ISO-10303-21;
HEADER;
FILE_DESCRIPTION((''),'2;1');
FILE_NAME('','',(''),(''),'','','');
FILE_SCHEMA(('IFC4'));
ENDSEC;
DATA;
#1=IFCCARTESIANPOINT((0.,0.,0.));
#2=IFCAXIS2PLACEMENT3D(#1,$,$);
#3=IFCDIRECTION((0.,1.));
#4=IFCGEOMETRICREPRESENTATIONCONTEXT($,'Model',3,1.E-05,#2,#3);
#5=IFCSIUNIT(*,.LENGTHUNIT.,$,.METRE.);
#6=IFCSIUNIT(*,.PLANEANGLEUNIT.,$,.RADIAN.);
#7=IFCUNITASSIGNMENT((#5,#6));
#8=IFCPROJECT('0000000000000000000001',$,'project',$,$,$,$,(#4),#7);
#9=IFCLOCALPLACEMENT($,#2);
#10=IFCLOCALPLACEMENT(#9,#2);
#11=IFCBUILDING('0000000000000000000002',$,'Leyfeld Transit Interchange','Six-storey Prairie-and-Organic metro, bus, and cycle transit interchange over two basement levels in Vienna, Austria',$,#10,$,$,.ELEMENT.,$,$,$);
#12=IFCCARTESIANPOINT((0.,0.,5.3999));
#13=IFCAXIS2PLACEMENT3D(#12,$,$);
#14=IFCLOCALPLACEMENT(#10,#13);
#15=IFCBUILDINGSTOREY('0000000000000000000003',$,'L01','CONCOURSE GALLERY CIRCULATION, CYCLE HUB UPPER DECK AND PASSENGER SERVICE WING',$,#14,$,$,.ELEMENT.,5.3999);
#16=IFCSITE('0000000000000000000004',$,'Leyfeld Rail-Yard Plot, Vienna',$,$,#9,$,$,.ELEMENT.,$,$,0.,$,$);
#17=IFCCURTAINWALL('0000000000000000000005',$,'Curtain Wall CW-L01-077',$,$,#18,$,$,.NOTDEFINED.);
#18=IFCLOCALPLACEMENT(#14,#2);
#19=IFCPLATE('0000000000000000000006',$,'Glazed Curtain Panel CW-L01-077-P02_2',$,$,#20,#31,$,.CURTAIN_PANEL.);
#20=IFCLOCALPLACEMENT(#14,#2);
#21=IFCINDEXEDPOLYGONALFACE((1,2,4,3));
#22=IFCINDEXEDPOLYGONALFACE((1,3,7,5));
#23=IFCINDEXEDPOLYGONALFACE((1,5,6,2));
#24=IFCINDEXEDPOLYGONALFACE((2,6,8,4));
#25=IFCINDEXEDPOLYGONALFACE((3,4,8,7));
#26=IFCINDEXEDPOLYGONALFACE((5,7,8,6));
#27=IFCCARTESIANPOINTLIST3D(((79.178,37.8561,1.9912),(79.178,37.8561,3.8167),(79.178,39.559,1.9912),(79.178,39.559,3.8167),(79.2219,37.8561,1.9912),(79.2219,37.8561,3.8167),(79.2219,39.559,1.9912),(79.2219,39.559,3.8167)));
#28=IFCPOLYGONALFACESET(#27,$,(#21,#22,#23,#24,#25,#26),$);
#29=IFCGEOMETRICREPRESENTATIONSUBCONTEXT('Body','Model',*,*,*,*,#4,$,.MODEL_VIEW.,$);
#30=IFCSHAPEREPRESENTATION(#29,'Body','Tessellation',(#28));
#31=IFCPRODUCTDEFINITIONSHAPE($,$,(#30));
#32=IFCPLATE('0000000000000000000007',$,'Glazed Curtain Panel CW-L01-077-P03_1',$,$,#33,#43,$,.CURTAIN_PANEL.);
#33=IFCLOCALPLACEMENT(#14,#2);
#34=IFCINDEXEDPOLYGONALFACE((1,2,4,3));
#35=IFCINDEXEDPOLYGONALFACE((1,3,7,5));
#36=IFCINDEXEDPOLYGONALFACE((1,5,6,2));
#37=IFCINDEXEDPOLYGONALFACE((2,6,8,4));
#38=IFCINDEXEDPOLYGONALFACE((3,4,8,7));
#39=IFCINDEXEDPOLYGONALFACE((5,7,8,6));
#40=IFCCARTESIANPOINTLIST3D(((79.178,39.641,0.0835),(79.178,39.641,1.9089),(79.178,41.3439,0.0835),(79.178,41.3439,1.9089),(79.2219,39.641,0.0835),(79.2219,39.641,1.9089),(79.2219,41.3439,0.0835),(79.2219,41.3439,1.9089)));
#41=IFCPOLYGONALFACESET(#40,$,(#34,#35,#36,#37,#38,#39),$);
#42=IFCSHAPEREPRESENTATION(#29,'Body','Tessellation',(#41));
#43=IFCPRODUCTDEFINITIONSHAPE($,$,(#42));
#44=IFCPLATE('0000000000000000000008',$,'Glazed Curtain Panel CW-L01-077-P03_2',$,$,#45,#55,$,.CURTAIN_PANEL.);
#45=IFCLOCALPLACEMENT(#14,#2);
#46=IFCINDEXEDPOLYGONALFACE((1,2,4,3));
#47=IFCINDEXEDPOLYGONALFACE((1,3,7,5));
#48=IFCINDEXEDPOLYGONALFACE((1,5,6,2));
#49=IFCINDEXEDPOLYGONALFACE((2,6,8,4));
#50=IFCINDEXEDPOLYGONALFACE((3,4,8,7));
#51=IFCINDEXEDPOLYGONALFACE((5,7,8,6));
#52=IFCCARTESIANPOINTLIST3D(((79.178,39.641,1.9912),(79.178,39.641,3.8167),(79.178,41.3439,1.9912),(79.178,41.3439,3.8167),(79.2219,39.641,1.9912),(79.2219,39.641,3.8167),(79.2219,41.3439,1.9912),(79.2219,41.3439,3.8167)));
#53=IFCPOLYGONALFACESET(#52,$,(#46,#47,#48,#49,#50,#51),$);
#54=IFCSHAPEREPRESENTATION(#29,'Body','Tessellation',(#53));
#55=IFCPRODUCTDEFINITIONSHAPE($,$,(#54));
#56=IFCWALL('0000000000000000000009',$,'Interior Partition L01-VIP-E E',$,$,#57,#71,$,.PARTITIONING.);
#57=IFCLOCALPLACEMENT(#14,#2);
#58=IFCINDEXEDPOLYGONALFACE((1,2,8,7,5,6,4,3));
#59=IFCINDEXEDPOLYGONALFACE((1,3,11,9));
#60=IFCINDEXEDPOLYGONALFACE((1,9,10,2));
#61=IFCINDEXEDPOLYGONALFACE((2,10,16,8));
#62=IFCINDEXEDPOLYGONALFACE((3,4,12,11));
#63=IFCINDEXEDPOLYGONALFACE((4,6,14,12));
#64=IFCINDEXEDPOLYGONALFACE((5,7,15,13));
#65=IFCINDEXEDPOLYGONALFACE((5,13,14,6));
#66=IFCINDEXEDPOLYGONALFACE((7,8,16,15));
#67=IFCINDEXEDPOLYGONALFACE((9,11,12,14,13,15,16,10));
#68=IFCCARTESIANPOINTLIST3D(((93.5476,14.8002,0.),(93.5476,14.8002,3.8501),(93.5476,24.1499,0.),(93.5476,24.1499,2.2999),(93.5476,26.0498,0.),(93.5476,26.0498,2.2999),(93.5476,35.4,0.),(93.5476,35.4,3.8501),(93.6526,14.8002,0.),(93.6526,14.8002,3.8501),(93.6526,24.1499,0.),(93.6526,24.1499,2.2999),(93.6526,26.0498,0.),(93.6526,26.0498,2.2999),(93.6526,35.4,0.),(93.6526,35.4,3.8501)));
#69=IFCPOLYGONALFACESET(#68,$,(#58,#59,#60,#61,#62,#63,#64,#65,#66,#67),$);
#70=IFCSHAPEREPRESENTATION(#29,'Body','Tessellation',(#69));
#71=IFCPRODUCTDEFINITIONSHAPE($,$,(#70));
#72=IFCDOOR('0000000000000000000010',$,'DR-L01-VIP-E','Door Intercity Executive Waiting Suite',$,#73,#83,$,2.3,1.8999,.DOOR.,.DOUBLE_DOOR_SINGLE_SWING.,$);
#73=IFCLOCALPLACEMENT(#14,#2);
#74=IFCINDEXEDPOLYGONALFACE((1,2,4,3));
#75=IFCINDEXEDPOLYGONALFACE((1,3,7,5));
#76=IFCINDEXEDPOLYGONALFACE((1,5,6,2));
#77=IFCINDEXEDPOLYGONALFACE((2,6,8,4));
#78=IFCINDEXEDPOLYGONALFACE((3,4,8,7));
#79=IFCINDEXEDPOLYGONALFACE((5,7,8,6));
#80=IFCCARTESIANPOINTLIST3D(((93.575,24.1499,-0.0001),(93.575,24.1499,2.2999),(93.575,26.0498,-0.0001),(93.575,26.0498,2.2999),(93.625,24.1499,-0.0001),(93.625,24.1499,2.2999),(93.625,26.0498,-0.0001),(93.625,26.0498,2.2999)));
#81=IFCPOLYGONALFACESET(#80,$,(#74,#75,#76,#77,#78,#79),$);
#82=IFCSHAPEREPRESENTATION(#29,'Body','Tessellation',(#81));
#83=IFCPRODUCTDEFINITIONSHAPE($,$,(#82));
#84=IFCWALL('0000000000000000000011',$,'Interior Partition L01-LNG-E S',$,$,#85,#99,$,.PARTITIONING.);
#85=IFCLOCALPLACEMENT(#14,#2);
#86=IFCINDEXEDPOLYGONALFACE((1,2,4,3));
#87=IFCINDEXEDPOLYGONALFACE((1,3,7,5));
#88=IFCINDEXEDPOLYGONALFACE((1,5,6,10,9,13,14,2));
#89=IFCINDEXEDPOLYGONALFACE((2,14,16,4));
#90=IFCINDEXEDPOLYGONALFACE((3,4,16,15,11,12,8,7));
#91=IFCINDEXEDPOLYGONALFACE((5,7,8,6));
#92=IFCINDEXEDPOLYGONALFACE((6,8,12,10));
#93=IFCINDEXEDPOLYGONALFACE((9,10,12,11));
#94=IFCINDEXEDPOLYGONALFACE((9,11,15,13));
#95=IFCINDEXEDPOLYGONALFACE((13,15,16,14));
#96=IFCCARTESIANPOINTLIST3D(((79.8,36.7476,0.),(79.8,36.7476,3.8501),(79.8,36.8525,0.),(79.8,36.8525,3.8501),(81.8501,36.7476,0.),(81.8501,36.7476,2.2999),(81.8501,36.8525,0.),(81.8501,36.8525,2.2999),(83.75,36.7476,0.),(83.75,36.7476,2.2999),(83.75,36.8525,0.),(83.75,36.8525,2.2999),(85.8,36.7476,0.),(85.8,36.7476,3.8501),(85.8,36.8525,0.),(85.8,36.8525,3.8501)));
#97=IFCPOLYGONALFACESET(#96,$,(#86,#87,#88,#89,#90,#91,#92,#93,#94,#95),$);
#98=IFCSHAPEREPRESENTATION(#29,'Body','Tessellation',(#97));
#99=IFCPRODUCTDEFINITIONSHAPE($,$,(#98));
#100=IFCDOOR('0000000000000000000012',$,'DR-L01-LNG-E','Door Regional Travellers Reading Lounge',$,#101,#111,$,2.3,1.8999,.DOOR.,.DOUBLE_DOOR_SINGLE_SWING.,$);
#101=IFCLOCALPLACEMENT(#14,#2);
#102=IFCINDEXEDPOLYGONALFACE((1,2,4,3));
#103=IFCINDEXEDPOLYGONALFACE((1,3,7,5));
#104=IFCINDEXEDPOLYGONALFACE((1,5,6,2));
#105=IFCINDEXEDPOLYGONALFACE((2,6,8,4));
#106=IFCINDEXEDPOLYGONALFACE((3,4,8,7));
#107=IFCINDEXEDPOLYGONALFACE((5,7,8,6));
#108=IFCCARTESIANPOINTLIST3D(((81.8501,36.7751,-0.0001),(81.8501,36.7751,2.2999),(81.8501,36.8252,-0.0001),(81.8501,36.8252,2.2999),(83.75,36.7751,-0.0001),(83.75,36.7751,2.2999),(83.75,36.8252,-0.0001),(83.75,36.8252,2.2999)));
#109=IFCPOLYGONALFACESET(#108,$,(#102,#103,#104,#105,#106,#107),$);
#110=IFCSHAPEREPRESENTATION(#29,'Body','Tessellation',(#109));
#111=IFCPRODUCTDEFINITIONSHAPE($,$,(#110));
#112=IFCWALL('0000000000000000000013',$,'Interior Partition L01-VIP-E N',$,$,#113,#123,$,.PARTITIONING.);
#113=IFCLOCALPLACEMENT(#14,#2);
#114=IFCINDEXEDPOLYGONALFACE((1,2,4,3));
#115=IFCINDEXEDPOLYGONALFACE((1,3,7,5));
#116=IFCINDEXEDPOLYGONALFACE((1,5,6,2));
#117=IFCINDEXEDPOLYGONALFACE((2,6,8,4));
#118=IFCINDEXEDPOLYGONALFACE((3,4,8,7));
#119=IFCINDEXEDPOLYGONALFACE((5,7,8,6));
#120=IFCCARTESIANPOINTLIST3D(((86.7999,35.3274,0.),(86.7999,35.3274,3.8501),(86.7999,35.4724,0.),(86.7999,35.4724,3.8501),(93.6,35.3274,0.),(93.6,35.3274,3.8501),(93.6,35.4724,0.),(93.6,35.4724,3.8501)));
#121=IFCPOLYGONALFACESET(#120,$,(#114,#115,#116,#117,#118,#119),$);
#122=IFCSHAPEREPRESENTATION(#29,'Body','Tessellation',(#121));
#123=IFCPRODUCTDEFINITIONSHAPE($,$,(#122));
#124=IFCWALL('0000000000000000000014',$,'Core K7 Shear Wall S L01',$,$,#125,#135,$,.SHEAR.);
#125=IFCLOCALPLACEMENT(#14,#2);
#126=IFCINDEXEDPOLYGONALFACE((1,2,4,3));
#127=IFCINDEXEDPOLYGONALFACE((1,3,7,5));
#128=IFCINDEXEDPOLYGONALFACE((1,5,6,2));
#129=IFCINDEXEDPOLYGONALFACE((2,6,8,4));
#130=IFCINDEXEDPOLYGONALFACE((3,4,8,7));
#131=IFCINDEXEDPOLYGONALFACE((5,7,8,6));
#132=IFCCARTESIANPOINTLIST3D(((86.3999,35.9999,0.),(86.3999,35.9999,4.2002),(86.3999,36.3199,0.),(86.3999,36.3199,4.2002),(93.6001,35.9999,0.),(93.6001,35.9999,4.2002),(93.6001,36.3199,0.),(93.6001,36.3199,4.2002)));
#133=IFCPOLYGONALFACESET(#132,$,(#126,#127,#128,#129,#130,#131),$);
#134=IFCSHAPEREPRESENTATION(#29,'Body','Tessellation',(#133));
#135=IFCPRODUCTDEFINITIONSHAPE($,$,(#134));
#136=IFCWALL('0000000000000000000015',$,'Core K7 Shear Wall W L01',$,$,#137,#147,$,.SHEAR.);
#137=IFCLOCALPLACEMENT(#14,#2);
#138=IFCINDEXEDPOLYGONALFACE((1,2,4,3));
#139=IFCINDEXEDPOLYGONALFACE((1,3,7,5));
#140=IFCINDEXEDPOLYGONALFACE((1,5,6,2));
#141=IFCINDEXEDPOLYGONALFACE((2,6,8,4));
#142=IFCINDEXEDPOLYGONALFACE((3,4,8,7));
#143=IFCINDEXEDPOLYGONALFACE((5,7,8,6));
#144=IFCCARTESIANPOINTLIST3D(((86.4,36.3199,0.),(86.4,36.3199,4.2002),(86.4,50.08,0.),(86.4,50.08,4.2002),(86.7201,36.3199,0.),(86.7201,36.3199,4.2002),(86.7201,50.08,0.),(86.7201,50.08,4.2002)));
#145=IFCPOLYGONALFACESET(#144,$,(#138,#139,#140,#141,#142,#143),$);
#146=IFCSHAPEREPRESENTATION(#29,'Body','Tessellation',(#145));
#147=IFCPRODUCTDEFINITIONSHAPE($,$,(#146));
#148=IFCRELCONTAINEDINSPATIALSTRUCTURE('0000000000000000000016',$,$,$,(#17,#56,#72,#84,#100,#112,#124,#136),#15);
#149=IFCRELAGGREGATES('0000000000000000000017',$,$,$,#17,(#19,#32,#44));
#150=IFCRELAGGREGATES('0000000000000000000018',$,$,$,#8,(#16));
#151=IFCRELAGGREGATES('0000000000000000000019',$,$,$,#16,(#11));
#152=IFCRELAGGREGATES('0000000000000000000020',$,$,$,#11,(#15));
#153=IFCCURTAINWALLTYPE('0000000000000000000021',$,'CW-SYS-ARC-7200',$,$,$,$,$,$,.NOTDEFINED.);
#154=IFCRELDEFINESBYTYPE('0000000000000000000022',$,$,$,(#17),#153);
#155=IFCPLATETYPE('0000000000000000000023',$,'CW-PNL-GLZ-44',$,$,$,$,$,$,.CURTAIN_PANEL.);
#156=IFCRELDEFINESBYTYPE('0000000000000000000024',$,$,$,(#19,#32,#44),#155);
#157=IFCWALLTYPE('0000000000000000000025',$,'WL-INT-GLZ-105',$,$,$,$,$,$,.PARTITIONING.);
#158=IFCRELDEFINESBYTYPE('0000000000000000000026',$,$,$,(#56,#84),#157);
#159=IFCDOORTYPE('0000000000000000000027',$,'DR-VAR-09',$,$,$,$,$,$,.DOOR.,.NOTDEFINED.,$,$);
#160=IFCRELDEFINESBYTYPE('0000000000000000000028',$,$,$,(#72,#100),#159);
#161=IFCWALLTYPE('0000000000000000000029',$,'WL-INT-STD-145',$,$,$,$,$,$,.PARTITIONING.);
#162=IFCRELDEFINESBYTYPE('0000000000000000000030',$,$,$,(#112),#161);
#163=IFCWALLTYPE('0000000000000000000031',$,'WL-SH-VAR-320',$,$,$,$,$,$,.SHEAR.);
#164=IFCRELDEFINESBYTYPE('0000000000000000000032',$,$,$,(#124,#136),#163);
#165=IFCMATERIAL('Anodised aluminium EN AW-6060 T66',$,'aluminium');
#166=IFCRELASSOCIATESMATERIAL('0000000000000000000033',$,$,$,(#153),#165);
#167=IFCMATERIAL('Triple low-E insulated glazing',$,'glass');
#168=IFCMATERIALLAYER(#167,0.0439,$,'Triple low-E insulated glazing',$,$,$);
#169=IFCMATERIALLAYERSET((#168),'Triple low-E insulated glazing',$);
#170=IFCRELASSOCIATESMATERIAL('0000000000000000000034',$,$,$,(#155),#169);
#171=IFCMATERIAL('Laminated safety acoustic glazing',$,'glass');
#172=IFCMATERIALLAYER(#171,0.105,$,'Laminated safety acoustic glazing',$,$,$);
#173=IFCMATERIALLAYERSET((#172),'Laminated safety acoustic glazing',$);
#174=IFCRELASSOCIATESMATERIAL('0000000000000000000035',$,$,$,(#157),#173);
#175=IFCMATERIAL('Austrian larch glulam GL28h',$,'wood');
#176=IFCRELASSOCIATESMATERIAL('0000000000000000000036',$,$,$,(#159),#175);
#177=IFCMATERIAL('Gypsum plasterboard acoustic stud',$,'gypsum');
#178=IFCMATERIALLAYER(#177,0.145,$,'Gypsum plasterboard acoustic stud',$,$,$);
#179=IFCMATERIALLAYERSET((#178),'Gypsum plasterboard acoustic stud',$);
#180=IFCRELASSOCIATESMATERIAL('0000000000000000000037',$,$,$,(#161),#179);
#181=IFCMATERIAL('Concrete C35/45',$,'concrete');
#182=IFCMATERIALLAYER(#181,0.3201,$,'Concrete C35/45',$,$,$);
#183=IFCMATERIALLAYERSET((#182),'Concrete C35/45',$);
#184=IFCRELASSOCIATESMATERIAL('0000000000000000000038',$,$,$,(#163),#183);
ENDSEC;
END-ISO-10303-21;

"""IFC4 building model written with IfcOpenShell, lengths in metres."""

from ifc_helpers import new_model, si_unit, direction, frame, frame_2d, origin, origin_2d, place, context, subcontext, project, spatial, rectangle, extrude, material, layer, layer_set, type_object, element, fill, aggregate, save


model = new_model("IFC4")

# Units and contexts
model_context = context("Model", 3, precision=1e-05, world=origin(), true_north=direction((0.0, 1.0)))
body_context = subcontext(model_context, "Body", "Model", "MODEL_VIEW")
ifc_project = project(units=[si_unit("LENGTHUNIT", "METRE"), si_unit("PLANEANGLEUNIT", "RADIAN")], contexts=[model_context])

# Site, building, storey
site_placement = place(None, origin())
site = spatial("IfcSite", under=ifc_project, at=site_placement, Name="Leyfeld Rail-Yard Plot, Vienna", CompositionType="ELEMENT", RefElevation=0.0)
building_placement = place(site_placement, origin())
building = spatial("IfcBuilding", under=site, at=building_placement, Name="Leyfeld Transit Interchange", Description="Six-storey Prairie-and-Organic metro, bus, and cycle transit interchange over two basement levels in Vienna, Austria", CompositionType="ELEMENT")
storey_placement = place(building_placement, frame((0.0, 0.0, 5.3999)))
storey = spatial("IfcBuildingStorey", under=building, at=storey_placement, Name="L01", Description="CONCOURSE GALLERY CIRCULATION, CYCLE HUB UPPER DECK AND PASSENGER SERVICE WING", CompositionType="ELEMENT", Elevation=5.3999)

# Curtain wall
ifc_material_1 = material(Name="Anodised aluminium EN AW-6060 T66", Category="aluminium")
curtain_wall_type = type_object("IfcCurtainWallType", Name="CW-SYS-ARC-7200", PredefinedType="NOTDEFINED", material=ifc_material_1)
curtain_wall_1_placement = place(storey_placement, origin())
curtain_wall_1 = element("IfcCurtainWall", 1, at=curtain_wall_1_placement, inside=storey, type_object=curtain_wall_type, Name="Curtain Wall CW-L01-077", PredefinedType="NOTDEFINED")

# Plates
ifc_material_2 = material(Name="Triple low-E insulated glazing", Category="glass")
ifc_layer_1 = layer(ifc_material_2, 0.0439, Name="Triple low-E insulated glazing")
ifc_layer_set_1 = layer_set([ifc_layer_1], Name="Triple low-E insulated glazing")
plate_type = type_object("IfcPlateType", Name="CW-PNL-GLZ-44", PredefinedType="CURTAIN_PANEL", material=ifc_layer_set_1)
plate_1_placement = place(storey_placement, frame((79.2, 38.7075, 1.9912), z_axis=(0.0, 0.0, 1.0), x_axis=(0.0, 1.0, 0.0)))
plate_1 = element("IfcPlate", 2, at=plate_1_placement, type_object=plate_type, Name="Glazed Curtain Panel CW-L01-077-P02_2", PredefinedType="CURTAIN_PANEL", context=body_context, shape_type="SweptSolid", body=[
    extrude(rectangle(XDim=1.7029, YDim=0.0439, at=origin_2d()), origin(), (0.0, 0.0, 1.0), 1.8254),
])
plate_2_placement = place(storey_placement, frame((79.2, 40.4924, 0.0835), z_axis=(0.0, 0.0, 1.0), x_axis=(0.0, 1.0, 0.0)))
plate_2 = element("IfcPlate", 3, at=plate_2_placement, type_object=plate_type, Name="Glazed Curtain Panel CW-L01-077-P03_1", PredefinedType="CURTAIN_PANEL", context=body_context, shape_type="SweptSolid", body=[
    extrude(rectangle(XDim=1.7029, YDim=0.0439, at=origin_2d()), origin(), (0.0, 0.0, 1.0), 1.8254),
])
plate_3_placement = place(storey_placement, frame((79.2, 40.4924, 1.9912), z_axis=(0.0, 0.0, 1.0), x_axis=(0.0, 1.0, 0.0)))
plate_3 = element("IfcPlate", 4, at=plate_3_placement, type_object=plate_type, Name="Glazed Curtain Panel CW-L01-077-P03_2", PredefinedType="CURTAIN_PANEL", context=body_context, shape_type="SweptSolid", body=[
    extrude(rectangle(XDim=1.7029, YDim=0.0439, at=origin_2d()), origin(), (0.0, 0.0, 1.0), 1.8254),
])
aggregate(curtain_wall_1, [plate_1, plate_2, plate_3])

# Walls, openings, doors
ifc_material_3 = material(Name="Laminated safety acoustic glazing", Category="glass")
ifc_layer_2 = layer(ifc_material_3, 0.105, Name="Laminated safety acoustic glazing")
ifc_layer_set_2 = layer_set([ifc_layer_2], Name="Laminated safety acoustic glazing")
wall_type_1 = type_object("IfcWallType", Name="WL-INT-GLZ-105", PredefinedType="PARTITIONING", material=ifc_layer_set_2)
wall_1_placement = place(storey_placement, frame((93.6001, 35.3999, 0.0), z_axis=(0.0, 0.0, 1.0), x_axis=(0.0, -1.0, 0.0)))
wall_1 = element("IfcWall", 5, at=wall_1_placement, inside=storey, type_object=wall_type_1, Name="Interior Partition L01-VIP-E E", PredefinedType="PARTITIONING", context=body_context, shape_type="SweptSolid", body=[
    extrude(rectangle(XDim=20.5999, YDim=0.105, at=frame_2d((10.2998, 0.0))), origin(), (0.0, 0.0, 1.0), 3.8501),
])
opening_1_placement = place(wall_1_placement, frame((9.3501, 0.0, 0.0)))
opening_1 = element("IfcOpeningElement", 6, at=opening_1_placement, cuts=wall_1, PredefinedType="OPENING", context=body_context, shape_type="SweptSolid", body=[
    extrude(rectangle(XDim=1.8999, YDim=2.3, at=frame_2d((0.95, 1.1499))), frame((0.0, 0.0625, 0.0), z_axis=(0.0, -1.0, 0.0), x_axis=(1.0, 0.0, 0.0)), (0.0, 0.0, 1.0), 0.125),
])
ifc_material_4 = material(Name="Austrian larch glulam GL28h", Category="wood")
door_type = type_object("IfcDoorType", Name="DR-VAR-09", OperationType="NOTDEFINED", PredefinedType="DOOR", material=ifc_material_4)
door_1_placement = place(opening_1_placement, origin())
door_1 = element("IfcDoor", 7, at=door_1_placement, inside=storey, type_object=door_type, Name="DR-L01-VIP-E", Description="Door Intercity Executive Waiting Suite", OperationType="DOUBLE_DOOR_SINGLE_SWING", OverallHeight=2.3, OverallWidth=1.8999, PredefinedType="DOOR", context=body_context, shape_type="SweptSolid", body=[
    extrude(rectangle(XDim=1.8999, YDim=2.3, at=frame_2d((0.95, 1.1499))), frame((0.0, 0.0249, 0.0), z_axis=(0.0, -1.0, 0.0), x_axis=(1.0, 0.0, 0.0)), (0.0, 0.0, 1.0), 0.05),
])
fill(opening_1, door_1)
wall_2_placement = place(storey_placement, frame((85.8, 36.8, 0.0), z_axis=(0.0, 0.0, 1.0), x_axis=(-1.0, 0.0, 0.0)))
wall_2 = element("IfcWall", 8, at=wall_2_placement, inside=storey, type_object=wall_type_1, Name="Interior Partition L01-LNG-E S", PredefinedType="PARTITIONING", context=body_context, shape_type="SweptSolid", body=[
    extrude(rectangle(XDim=6.0, YDim=0.105, at=frame_2d((3.0, 0.0))), origin(), (0.0, 0.0, 1.0), 3.8501),
])
opening_2_placement = place(wall_2_placement, frame((2.05, 0.0, 0.0)))
opening_2 = element("IfcOpeningElement", 9, at=opening_2_placement, cuts=wall_2, PredefinedType="OPENING", context=body_context, shape_type="SweptSolid", body=[
    extrude(rectangle(XDim=1.8999, YDim=2.3, at=frame_2d((0.95, 1.1499))), frame((0.0, 0.0625, 0.0), z_axis=(0.0, -1.0, 0.0), x_axis=(1.0, 0.0, 0.0)), (0.0, 0.0, 1.0), 0.125),
])
door_2_placement = place(opening_2_placement, origin())
door_2 = element("IfcDoor", 10, at=door_2_placement, inside=storey, type_object=door_type, Name="DR-L01-LNG-E", Description="Door Regional Travellers Reading Lounge", OperationType="DOUBLE_DOOR_SINGLE_SWING", OverallHeight=2.3, OverallWidth=1.8999, PredefinedType="DOOR", context=body_context, shape_type="SweptSolid", body=[
    extrude(rectangle(XDim=1.8999, YDim=2.3, at=frame_2d((0.95, 1.1499))), frame((0.0, 0.0249, 0.0), z_axis=(0.0, -1.0, 0.0), x_axis=(1.0, 0.0, 0.0)), (0.0, 0.0, 1.0), 0.05),
])
fill(opening_2, door_2)

# Walls
ifc_material_5 = material(Name="Gypsum plasterboard acoustic stud", Category="gypsum")
ifc_layer_3 = layer(ifc_material_5, 0.145, Name="Gypsum plasterboard acoustic stud")
ifc_layer_set_3 = layer_set([ifc_layer_3], Name="Gypsum plasterboard acoustic stud")
wall_type_2 = type_object("IfcWallType", Name="WL-INT-STD-145", PredefinedType="PARTITIONING", material=ifc_layer_set_3)
wall_3_placement = place(storey_placement, frame((86.8, 35.3999, 0.0), z_axis=(0.0, 0.0, 1.0), x_axis=(1.0, 0.0, 0.0)))
element("IfcWall", 11, at=wall_3_placement, inside=storey, type_object=wall_type_2, Name="Interior Partition L01-VIP-E N", PredefinedType="PARTITIONING", context=body_context, shape_type="SweptSolid", body=[
    extrude(rectangle(XDim=6.8, YDim=0.145, at=frame_2d((3.3999, 0.0))), origin(), (0.0, 0.0, 1.0), 3.8501),
])
ifc_material_6 = material(Name="Concrete C35/45", Category="concrete")
ifc_layer_4 = layer(ifc_material_6, 0.3201, Name="Concrete C35/45")
ifc_layer_set_4 = layer_set([ifc_layer_4], Name="Concrete C35/45")
wall_type_3 = type_object("IfcWallType", Name="WL-SH-VAR-320", PredefinedType="SHEAR", material=ifc_layer_set_4)
wall_4_placement = place(storey_placement, frame((93.6001, 36.1599, 0.0), z_axis=(0.0, 0.0, 1.0), x_axis=(-1.0, 0.0, 0.0)))
element("IfcWall", 12, at=wall_4_placement, inside=storey, type_object=wall_type_3, Name="Core K7 Shear Wall S L01", PredefinedType="SHEAR", context=body_context, shape_type="SweptSolid", body=[
    extrude(rectangle(XDim=7.2002, YDim=0.3201, at=frame_2d((3.6001, 0.0))), origin(), (0.0, 0.0, 1.0), 4.2002),
])
wall_5_placement = place(storey_placement, frame((86.5601, 36.3201, 0.0), z_axis=(0.0, 0.0, 1.0), x_axis=(0.0, 1.0, 0.0)))
element("IfcWall", 13, at=wall_5_placement, inside=storey, type_object=wall_type_3, Name="Core K7 Shear Wall W L01", PredefinedType="SHEAR", context=body_context, shape_type="SweptSolid", body=[
    extrude(rectangle(XDim=13.76, YDim=0.3201, at=frame_2d((6.8799, 0.0))), origin(), (0.0, 0.0, 1.0), 4.2002),
])

save(model, "model.ifc")
